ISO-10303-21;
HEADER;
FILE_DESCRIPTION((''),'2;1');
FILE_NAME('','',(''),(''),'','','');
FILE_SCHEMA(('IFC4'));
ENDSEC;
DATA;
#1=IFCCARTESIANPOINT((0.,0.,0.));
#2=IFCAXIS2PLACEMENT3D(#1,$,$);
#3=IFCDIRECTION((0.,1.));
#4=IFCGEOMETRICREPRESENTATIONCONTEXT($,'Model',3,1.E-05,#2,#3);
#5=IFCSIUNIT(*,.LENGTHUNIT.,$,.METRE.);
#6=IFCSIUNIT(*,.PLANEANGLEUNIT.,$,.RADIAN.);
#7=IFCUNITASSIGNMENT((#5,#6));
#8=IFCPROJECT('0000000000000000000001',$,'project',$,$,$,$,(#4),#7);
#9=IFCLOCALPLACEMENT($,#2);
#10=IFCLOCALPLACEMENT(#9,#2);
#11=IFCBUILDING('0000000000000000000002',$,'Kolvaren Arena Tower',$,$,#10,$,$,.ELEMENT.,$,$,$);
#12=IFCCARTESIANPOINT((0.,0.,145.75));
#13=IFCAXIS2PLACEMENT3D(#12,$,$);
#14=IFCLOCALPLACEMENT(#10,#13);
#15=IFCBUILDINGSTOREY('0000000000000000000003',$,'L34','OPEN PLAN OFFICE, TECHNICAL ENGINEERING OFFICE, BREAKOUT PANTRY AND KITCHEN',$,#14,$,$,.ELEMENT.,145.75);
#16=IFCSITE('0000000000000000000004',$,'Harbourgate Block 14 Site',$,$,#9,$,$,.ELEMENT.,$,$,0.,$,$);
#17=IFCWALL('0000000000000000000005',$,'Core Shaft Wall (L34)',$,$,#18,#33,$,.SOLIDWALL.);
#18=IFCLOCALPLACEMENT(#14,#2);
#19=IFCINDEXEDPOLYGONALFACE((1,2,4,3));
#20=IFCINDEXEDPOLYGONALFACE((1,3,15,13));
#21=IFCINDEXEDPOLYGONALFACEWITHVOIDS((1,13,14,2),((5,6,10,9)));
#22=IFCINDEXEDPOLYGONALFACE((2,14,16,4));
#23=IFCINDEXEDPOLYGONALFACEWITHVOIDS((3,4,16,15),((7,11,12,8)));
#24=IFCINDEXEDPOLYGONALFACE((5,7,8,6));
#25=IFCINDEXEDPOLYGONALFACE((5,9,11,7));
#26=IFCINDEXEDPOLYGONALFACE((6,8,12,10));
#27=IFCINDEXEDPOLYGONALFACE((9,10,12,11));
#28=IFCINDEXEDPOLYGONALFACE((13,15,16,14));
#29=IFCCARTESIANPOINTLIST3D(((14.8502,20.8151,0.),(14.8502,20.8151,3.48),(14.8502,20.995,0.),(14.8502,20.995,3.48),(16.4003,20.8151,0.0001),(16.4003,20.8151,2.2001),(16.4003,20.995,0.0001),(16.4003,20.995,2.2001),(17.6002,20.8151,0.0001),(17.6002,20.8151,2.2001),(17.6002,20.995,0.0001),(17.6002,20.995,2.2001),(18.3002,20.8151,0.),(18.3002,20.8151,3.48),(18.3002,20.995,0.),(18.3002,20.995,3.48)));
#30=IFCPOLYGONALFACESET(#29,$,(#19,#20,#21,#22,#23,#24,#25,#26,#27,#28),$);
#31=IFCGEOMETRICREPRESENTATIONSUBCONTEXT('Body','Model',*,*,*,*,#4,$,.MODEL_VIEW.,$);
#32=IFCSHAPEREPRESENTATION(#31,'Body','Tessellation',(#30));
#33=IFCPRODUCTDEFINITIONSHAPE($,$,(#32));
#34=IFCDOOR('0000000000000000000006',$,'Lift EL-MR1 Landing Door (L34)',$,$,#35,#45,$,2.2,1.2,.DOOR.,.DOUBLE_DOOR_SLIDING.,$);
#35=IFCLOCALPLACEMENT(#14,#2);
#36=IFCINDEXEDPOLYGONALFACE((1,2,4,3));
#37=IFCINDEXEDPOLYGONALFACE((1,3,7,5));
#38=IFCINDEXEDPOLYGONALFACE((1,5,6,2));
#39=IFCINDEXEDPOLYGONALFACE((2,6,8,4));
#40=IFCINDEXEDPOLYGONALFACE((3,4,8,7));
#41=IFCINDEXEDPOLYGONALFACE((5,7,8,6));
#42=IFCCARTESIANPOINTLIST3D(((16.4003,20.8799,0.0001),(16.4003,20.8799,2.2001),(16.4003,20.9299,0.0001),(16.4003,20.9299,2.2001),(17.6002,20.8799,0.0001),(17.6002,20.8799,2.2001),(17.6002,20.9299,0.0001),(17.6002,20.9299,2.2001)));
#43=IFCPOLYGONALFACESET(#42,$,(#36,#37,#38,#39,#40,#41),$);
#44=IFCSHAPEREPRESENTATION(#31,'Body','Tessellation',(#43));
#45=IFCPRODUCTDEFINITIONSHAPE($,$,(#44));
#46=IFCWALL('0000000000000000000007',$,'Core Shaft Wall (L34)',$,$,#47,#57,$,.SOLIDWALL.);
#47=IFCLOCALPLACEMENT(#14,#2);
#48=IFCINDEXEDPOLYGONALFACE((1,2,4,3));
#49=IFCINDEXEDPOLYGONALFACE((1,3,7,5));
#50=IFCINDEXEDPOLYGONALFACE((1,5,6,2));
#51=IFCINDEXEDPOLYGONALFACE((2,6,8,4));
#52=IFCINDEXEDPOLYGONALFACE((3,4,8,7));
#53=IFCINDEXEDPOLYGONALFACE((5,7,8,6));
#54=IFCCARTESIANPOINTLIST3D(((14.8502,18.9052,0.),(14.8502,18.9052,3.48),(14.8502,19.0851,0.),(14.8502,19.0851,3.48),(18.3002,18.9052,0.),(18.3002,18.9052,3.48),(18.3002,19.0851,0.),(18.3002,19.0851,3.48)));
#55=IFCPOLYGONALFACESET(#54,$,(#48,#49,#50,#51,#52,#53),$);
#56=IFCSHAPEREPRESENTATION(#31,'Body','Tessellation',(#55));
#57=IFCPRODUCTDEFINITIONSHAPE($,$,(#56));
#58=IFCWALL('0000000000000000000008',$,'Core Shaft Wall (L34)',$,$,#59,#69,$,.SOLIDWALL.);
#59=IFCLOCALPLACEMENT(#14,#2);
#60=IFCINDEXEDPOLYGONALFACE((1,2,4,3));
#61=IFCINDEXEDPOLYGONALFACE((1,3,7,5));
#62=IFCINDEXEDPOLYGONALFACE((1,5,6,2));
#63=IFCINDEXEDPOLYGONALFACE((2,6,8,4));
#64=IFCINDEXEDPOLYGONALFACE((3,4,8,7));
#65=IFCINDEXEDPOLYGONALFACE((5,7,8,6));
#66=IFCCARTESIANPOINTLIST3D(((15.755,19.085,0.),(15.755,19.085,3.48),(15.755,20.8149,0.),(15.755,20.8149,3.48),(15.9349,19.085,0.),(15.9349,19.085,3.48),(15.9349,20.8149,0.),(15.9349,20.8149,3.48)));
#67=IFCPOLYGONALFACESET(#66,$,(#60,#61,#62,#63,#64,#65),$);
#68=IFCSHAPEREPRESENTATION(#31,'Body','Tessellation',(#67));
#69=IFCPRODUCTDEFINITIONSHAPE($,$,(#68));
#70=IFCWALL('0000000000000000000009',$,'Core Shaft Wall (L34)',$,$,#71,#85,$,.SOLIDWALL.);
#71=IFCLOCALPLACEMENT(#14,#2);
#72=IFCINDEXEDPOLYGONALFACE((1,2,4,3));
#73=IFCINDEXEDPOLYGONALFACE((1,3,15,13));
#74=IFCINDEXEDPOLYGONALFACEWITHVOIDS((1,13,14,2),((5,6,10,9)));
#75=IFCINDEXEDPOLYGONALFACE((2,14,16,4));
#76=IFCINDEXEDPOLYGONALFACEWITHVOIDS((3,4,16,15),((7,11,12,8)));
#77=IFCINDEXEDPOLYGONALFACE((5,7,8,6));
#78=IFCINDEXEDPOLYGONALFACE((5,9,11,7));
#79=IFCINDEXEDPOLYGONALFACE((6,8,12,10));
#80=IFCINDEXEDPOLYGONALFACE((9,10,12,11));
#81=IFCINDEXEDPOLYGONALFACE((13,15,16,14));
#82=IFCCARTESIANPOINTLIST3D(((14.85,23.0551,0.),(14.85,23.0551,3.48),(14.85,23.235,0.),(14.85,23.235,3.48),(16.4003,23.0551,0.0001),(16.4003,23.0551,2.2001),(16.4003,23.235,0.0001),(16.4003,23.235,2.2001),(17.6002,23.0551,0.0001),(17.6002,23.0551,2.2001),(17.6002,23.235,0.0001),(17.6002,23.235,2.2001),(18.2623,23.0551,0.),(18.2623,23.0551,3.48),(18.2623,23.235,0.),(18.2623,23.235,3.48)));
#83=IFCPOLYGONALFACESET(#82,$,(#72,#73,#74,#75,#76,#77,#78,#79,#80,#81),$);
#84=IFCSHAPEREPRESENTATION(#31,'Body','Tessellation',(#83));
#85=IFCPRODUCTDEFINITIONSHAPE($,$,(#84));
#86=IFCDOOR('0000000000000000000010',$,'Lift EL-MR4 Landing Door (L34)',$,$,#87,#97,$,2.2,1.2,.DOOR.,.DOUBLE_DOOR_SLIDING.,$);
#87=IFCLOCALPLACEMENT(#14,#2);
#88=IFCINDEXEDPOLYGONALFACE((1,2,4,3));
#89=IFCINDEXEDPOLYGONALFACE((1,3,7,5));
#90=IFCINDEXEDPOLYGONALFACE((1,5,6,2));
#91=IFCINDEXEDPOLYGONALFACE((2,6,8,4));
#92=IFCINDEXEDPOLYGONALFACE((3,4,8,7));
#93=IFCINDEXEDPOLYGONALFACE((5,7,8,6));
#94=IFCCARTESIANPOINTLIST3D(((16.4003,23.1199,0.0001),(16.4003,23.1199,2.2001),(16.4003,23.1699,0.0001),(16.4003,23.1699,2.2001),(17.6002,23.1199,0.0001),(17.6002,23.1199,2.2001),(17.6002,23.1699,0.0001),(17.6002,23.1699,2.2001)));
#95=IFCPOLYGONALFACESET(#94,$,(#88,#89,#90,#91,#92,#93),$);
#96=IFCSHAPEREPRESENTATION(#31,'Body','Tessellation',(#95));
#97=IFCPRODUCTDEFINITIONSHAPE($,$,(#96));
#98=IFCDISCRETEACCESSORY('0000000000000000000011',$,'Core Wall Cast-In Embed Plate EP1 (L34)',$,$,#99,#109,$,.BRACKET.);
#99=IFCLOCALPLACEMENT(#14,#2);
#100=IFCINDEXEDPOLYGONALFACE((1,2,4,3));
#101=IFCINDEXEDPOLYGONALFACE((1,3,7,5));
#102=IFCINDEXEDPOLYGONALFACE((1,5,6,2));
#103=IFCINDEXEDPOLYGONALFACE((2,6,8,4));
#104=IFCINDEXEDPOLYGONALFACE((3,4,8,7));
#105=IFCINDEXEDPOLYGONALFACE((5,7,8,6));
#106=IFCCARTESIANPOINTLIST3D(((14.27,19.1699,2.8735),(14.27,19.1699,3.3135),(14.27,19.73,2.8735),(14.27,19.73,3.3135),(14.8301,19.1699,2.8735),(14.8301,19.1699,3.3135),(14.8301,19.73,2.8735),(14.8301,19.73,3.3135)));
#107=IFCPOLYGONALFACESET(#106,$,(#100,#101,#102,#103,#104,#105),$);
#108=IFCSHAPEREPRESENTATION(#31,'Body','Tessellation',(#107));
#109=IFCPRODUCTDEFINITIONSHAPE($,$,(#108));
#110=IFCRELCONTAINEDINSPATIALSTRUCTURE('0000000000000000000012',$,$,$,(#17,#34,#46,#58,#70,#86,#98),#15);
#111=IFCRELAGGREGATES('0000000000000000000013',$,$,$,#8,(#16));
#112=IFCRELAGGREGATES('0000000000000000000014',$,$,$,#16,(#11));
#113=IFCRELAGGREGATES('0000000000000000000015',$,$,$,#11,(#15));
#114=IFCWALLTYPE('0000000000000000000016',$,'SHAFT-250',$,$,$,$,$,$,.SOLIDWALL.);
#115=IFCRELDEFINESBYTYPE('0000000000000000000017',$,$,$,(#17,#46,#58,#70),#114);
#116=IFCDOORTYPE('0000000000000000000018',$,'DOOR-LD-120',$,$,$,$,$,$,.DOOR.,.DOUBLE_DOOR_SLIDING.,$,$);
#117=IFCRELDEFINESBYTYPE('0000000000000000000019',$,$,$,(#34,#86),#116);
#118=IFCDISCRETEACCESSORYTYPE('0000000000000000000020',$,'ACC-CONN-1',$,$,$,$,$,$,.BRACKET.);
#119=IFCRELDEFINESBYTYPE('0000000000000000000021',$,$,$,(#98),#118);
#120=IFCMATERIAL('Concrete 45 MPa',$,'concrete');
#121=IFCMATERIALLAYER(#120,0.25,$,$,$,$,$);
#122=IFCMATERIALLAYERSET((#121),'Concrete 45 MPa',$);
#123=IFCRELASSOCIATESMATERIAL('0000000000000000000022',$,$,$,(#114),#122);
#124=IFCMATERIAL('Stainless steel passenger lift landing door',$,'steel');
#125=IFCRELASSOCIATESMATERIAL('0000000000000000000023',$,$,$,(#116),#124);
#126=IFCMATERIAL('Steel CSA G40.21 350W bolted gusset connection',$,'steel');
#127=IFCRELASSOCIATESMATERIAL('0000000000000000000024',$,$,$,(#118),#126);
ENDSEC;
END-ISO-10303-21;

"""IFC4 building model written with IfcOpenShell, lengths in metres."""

from ifc_helpers import new_model, si_unit, direction, frame, frame_2d, origin, origin_2d, place, context, subcontext, project, spatial, rectangle, extrude, material, layer, layer_set, type_object, element, fill, save


model = new_model("IFC4")

# Units and contexts
model_context = context("Model", 3, precision=1e-05, world=origin(), true_north=direction((0.0, 1.0)))
body_context = subcontext(model_context, "Body", "Model", "MODEL_VIEW")
ifc_project = project(units=[si_unit("LENGTHUNIT", "METRE"), si_unit("PLANEANGLEUNIT", "RADIAN")], contexts=[model_context])

# Site, building, storey
site_placement = place(None, origin())
site = spatial("IfcSite", under=ifc_project, at=site_placement, Name="Harbourgate Block 14 Site", CompositionType="ELEMENT", RefElevation=0.0)
building_placement = place(site_placement, origin())
building = spatial("IfcBuilding", under=site, at=building_placement, Name="Kolvaren Arena Tower", CompositionType="ELEMENT")
storey_placement = place(building_placement, frame((0.0, 0.0, 145.75)))
storey = spatial("IfcBuildingStorey", under=building, at=storey_placement, Name="L34", Description="OPEN PLAN OFFICE, TECHNICAL ENGINEERING OFFICE, BREAKOUT PANTRY AND KITCHEN", CompositionType="ELEMENT", Elevation=145.75)

# Wall, opening, door
ifc_material_1 = material(Name="Concrete 45 MPa", Category="concrete")
ifc_layer_1 = layer(ifc_material_1, 0.25)
ifc_layer_set_1 = layer_set([ifc_layer_1], Name="Concrete 45 MPa")
wall_type_1 = type_object("IfcWallType", Name="SHAFT-250", PredefinedType="SOLIDWALL", material=ifc_layer_set_1)
wall_1_placement = place(storey_placement, frame((14.8501, 20.905, 0.0), z_axis=(0.0, 0.0, 1.0), x_axis=(1.0, 0.0, 0.0)))
wall_1 = element("IfcWall", 1, at=wall_1_placement, inside=storey, type_object=wall_type_1, Name="Core Shaft Wall (L34)", PredefinedType="SOLIDWALL", context=body_context, shape_type="SweptSolid", body=[
    extrude(rectangle(XDim=3.45, YDim=0.1799, at=frame_2d((1.7251, 0.0))), origin(), (0.0, 0.0, 1.0), 3.48),
])
opening_1_placement = place(wall_1_placement, frame((1.55, 0.0, 0.0)))
opening_1 = element("IfcOpeningElement", 2, at=opening_1_placement, cuts=wall_1, PredefinedType="OPENING", context=body_context, shape_type="SweptSolid", body=[
    extrude(rectangle(XDim=1.2, YDim=2.2, at=frame_2d((0.6001, 1.1001))), frame((0.0, 0.0999, 0.0), z_axis=(0.0, -1.0, 0.0), x_axis=(1.0, 0.0, 0.0)), (0.0, 0.0, 1.0), 0.2),
])
ifc_material_2 = material(Name="Stainless steel passenger lift landing door", Category="steel")
door_type = type_object("IfcDoorType", Name="DOOR-LD-120", OperationType="DOUBLE_DOOR_SLIDING", PredefinedType="DOOR", material=ifc_material_2)
door_1_placement = place(opening_1_placement, origin())
door_1 = element("IfcDoor", 3, at=door_1_placement, inside=storey, type_object=door_type, Name="Lift EL-MR1 Landing Door (L34)", OperationType="DOUBLE_DOOR_SLIDING", OverallHeight=2.2, OverallWidth=1.2, PredefinedType="DOOR", context=body_context, shape_type="SweptSolid", body=[
    extrude(rectangle(XDim=1.2, YDim=2.2, at=frame_2d((0.6001, 1.1001))), frame((0.0, 0.0249, 0.0), z_axis=(0.0, -1.0, 0.0), x_axis=(1.0, 0.0, 0.0)), (0.0, 0.0, 1.0), 0.05),
])
fill(opening_1, door_1)

# Walls
wall_2_placement = place(storey_placement, frame((14.8501, 18.9951, 0.0), z_axis=(0.0, 0.0, 1.0), x_axis=(1.0, 0.0, 0.0)))
element("IfcWall", 4, at=wall_2_placement, inside=storey, type_object=wall_type_1, Name="Core Shaft Wall (L34)", PredefinedType="SOLIDWALL", context=body_context, shape_type="SweptSolid", body=[
    extrude(rectangle(XDim=3.45, YDim=0.1799, at=frame_2d((1.7251, 0.0))), origin(), (0.0, 0.0, 1.0), 3.48),
])
wall_3_placement = place(storey_placement, frame((15.845, 19.085, 0.0), z_axis=(0.0, 0.0, 1.0), x_axis=(0.0, 1.0, 0.0)))
element("IfcWall", 5, at=wall_3_placement, inside=storey, type_object=wall_type_1, Name="Core Shaft Wall (L34)", PredefinedType="SOLIDWALL", context=body_context, shape_type="SweptSolid", body=[
    extrude(rectangle(XDim=1.73, YDim=0.1799, at=frame_2d((0.865, 0.0))), origin(), (0.0, 0.0, 1.0), 3.48),
])

# Wall, opening, door
wall_4_placement = place(storey_placement, frame((14.8501, 23.145, 0.0), z_axis=(0.0, 0.0, 1.0), x_axis=(1.0, 0.0, 0.0)))
wall_4 = element("IfcWall", 6, at=wall_4_placement, inside=storey, type_object=wall_type_1, Name="Core Shaft Wall (L34)", PredefinedType="SOLIDWALL", context=body_context, shape_type="SweptSolid", body=[
    extrude(rectangle(XDim=3.4124, YDim=0.1799, at=frame_2d((1.7061, 0.0))), origin(), (0.0, 0.0, 1.0), 3.48),
])
opening_2_placement = place(wall_4_placement, frame((1.55, 0.0, 0.0)))
opening_2 = element("IfcOpeningElement", 7, at=opening_2_placement, cuts=wall_4, PredefinedType="OPENING", context=body_context, shape_type="SweptSolid", body=[
    extrude(rectangle(XDim=1.2, YDim=2.2, at=frame_2d((0.6001, 1.1001))), frame((0.0, 0.0999, 0.0), z_axis=(0.0, -1.0, 0.0), x_axis=(1.0, 0.0, 0.0)), (0.0, 0.0, 1.0), 0.2),
])
door_2_placement = place(opening_2_placement, origin())
door_2 = element("IfcDoor", 8, at=door_2_placement, inside=storey, type_object=door_type, Name="Lift EL-MR4 Landing Door (L34)", OperationType="DOUBLE_DOOR_SLIDING", OverallHeight=2.2, OverallWidth=1.2, PredefinedType="DOOR", context=body_context, shape_type="SweptSolid", body=[
    extrude(rectangle(XDim=1.2, YDim=2.2, at=frame_2d((0.6001, 1.1001))), frame((0.0, 0.0249, 0.0), z_axis=(0.0, -1.0, 0.0), x_axis=(1.0, 0.0, 0.0)), (0.0, 0.0, 1.0), 0.05),
])
fill(opening_2, door_2)

# Discrete accessory
ifc_material_3 = material(Name="Steel CSA G40.21 350W bolted gusset connection", Category="steel")
discrete_accessory_type = type_object("IfcDiscreteAccessoryType", Name="ACC-CONN-1", PredefinedType="BRACKET", material=ifc_material_3)
discrete_accessory_placement = place(storey_placement, frame((14.55, 19.45, 2.8735), z_axis=(0.0, 0.0, 1.0), x_axis=(1.0, 0.0, 0.0)))
element("IfcDiscreteAccessory", 9, at=discrete_accessory_placement, inside=storey, type_object=discrete_accessory_type, Name="Core Wall Cast-In Embed Plate EP1 (L34)", PredefinedType="BRACKET", context=body_context, shape_type="SweptSolid", body=[
    extrude(rectangle(XDim=0.5601, YDim=0.5601, at=origin_2d()), origin(), (0.0, 0.0, 1.0), 0.4399),
])

save(model, "model.ifc")
